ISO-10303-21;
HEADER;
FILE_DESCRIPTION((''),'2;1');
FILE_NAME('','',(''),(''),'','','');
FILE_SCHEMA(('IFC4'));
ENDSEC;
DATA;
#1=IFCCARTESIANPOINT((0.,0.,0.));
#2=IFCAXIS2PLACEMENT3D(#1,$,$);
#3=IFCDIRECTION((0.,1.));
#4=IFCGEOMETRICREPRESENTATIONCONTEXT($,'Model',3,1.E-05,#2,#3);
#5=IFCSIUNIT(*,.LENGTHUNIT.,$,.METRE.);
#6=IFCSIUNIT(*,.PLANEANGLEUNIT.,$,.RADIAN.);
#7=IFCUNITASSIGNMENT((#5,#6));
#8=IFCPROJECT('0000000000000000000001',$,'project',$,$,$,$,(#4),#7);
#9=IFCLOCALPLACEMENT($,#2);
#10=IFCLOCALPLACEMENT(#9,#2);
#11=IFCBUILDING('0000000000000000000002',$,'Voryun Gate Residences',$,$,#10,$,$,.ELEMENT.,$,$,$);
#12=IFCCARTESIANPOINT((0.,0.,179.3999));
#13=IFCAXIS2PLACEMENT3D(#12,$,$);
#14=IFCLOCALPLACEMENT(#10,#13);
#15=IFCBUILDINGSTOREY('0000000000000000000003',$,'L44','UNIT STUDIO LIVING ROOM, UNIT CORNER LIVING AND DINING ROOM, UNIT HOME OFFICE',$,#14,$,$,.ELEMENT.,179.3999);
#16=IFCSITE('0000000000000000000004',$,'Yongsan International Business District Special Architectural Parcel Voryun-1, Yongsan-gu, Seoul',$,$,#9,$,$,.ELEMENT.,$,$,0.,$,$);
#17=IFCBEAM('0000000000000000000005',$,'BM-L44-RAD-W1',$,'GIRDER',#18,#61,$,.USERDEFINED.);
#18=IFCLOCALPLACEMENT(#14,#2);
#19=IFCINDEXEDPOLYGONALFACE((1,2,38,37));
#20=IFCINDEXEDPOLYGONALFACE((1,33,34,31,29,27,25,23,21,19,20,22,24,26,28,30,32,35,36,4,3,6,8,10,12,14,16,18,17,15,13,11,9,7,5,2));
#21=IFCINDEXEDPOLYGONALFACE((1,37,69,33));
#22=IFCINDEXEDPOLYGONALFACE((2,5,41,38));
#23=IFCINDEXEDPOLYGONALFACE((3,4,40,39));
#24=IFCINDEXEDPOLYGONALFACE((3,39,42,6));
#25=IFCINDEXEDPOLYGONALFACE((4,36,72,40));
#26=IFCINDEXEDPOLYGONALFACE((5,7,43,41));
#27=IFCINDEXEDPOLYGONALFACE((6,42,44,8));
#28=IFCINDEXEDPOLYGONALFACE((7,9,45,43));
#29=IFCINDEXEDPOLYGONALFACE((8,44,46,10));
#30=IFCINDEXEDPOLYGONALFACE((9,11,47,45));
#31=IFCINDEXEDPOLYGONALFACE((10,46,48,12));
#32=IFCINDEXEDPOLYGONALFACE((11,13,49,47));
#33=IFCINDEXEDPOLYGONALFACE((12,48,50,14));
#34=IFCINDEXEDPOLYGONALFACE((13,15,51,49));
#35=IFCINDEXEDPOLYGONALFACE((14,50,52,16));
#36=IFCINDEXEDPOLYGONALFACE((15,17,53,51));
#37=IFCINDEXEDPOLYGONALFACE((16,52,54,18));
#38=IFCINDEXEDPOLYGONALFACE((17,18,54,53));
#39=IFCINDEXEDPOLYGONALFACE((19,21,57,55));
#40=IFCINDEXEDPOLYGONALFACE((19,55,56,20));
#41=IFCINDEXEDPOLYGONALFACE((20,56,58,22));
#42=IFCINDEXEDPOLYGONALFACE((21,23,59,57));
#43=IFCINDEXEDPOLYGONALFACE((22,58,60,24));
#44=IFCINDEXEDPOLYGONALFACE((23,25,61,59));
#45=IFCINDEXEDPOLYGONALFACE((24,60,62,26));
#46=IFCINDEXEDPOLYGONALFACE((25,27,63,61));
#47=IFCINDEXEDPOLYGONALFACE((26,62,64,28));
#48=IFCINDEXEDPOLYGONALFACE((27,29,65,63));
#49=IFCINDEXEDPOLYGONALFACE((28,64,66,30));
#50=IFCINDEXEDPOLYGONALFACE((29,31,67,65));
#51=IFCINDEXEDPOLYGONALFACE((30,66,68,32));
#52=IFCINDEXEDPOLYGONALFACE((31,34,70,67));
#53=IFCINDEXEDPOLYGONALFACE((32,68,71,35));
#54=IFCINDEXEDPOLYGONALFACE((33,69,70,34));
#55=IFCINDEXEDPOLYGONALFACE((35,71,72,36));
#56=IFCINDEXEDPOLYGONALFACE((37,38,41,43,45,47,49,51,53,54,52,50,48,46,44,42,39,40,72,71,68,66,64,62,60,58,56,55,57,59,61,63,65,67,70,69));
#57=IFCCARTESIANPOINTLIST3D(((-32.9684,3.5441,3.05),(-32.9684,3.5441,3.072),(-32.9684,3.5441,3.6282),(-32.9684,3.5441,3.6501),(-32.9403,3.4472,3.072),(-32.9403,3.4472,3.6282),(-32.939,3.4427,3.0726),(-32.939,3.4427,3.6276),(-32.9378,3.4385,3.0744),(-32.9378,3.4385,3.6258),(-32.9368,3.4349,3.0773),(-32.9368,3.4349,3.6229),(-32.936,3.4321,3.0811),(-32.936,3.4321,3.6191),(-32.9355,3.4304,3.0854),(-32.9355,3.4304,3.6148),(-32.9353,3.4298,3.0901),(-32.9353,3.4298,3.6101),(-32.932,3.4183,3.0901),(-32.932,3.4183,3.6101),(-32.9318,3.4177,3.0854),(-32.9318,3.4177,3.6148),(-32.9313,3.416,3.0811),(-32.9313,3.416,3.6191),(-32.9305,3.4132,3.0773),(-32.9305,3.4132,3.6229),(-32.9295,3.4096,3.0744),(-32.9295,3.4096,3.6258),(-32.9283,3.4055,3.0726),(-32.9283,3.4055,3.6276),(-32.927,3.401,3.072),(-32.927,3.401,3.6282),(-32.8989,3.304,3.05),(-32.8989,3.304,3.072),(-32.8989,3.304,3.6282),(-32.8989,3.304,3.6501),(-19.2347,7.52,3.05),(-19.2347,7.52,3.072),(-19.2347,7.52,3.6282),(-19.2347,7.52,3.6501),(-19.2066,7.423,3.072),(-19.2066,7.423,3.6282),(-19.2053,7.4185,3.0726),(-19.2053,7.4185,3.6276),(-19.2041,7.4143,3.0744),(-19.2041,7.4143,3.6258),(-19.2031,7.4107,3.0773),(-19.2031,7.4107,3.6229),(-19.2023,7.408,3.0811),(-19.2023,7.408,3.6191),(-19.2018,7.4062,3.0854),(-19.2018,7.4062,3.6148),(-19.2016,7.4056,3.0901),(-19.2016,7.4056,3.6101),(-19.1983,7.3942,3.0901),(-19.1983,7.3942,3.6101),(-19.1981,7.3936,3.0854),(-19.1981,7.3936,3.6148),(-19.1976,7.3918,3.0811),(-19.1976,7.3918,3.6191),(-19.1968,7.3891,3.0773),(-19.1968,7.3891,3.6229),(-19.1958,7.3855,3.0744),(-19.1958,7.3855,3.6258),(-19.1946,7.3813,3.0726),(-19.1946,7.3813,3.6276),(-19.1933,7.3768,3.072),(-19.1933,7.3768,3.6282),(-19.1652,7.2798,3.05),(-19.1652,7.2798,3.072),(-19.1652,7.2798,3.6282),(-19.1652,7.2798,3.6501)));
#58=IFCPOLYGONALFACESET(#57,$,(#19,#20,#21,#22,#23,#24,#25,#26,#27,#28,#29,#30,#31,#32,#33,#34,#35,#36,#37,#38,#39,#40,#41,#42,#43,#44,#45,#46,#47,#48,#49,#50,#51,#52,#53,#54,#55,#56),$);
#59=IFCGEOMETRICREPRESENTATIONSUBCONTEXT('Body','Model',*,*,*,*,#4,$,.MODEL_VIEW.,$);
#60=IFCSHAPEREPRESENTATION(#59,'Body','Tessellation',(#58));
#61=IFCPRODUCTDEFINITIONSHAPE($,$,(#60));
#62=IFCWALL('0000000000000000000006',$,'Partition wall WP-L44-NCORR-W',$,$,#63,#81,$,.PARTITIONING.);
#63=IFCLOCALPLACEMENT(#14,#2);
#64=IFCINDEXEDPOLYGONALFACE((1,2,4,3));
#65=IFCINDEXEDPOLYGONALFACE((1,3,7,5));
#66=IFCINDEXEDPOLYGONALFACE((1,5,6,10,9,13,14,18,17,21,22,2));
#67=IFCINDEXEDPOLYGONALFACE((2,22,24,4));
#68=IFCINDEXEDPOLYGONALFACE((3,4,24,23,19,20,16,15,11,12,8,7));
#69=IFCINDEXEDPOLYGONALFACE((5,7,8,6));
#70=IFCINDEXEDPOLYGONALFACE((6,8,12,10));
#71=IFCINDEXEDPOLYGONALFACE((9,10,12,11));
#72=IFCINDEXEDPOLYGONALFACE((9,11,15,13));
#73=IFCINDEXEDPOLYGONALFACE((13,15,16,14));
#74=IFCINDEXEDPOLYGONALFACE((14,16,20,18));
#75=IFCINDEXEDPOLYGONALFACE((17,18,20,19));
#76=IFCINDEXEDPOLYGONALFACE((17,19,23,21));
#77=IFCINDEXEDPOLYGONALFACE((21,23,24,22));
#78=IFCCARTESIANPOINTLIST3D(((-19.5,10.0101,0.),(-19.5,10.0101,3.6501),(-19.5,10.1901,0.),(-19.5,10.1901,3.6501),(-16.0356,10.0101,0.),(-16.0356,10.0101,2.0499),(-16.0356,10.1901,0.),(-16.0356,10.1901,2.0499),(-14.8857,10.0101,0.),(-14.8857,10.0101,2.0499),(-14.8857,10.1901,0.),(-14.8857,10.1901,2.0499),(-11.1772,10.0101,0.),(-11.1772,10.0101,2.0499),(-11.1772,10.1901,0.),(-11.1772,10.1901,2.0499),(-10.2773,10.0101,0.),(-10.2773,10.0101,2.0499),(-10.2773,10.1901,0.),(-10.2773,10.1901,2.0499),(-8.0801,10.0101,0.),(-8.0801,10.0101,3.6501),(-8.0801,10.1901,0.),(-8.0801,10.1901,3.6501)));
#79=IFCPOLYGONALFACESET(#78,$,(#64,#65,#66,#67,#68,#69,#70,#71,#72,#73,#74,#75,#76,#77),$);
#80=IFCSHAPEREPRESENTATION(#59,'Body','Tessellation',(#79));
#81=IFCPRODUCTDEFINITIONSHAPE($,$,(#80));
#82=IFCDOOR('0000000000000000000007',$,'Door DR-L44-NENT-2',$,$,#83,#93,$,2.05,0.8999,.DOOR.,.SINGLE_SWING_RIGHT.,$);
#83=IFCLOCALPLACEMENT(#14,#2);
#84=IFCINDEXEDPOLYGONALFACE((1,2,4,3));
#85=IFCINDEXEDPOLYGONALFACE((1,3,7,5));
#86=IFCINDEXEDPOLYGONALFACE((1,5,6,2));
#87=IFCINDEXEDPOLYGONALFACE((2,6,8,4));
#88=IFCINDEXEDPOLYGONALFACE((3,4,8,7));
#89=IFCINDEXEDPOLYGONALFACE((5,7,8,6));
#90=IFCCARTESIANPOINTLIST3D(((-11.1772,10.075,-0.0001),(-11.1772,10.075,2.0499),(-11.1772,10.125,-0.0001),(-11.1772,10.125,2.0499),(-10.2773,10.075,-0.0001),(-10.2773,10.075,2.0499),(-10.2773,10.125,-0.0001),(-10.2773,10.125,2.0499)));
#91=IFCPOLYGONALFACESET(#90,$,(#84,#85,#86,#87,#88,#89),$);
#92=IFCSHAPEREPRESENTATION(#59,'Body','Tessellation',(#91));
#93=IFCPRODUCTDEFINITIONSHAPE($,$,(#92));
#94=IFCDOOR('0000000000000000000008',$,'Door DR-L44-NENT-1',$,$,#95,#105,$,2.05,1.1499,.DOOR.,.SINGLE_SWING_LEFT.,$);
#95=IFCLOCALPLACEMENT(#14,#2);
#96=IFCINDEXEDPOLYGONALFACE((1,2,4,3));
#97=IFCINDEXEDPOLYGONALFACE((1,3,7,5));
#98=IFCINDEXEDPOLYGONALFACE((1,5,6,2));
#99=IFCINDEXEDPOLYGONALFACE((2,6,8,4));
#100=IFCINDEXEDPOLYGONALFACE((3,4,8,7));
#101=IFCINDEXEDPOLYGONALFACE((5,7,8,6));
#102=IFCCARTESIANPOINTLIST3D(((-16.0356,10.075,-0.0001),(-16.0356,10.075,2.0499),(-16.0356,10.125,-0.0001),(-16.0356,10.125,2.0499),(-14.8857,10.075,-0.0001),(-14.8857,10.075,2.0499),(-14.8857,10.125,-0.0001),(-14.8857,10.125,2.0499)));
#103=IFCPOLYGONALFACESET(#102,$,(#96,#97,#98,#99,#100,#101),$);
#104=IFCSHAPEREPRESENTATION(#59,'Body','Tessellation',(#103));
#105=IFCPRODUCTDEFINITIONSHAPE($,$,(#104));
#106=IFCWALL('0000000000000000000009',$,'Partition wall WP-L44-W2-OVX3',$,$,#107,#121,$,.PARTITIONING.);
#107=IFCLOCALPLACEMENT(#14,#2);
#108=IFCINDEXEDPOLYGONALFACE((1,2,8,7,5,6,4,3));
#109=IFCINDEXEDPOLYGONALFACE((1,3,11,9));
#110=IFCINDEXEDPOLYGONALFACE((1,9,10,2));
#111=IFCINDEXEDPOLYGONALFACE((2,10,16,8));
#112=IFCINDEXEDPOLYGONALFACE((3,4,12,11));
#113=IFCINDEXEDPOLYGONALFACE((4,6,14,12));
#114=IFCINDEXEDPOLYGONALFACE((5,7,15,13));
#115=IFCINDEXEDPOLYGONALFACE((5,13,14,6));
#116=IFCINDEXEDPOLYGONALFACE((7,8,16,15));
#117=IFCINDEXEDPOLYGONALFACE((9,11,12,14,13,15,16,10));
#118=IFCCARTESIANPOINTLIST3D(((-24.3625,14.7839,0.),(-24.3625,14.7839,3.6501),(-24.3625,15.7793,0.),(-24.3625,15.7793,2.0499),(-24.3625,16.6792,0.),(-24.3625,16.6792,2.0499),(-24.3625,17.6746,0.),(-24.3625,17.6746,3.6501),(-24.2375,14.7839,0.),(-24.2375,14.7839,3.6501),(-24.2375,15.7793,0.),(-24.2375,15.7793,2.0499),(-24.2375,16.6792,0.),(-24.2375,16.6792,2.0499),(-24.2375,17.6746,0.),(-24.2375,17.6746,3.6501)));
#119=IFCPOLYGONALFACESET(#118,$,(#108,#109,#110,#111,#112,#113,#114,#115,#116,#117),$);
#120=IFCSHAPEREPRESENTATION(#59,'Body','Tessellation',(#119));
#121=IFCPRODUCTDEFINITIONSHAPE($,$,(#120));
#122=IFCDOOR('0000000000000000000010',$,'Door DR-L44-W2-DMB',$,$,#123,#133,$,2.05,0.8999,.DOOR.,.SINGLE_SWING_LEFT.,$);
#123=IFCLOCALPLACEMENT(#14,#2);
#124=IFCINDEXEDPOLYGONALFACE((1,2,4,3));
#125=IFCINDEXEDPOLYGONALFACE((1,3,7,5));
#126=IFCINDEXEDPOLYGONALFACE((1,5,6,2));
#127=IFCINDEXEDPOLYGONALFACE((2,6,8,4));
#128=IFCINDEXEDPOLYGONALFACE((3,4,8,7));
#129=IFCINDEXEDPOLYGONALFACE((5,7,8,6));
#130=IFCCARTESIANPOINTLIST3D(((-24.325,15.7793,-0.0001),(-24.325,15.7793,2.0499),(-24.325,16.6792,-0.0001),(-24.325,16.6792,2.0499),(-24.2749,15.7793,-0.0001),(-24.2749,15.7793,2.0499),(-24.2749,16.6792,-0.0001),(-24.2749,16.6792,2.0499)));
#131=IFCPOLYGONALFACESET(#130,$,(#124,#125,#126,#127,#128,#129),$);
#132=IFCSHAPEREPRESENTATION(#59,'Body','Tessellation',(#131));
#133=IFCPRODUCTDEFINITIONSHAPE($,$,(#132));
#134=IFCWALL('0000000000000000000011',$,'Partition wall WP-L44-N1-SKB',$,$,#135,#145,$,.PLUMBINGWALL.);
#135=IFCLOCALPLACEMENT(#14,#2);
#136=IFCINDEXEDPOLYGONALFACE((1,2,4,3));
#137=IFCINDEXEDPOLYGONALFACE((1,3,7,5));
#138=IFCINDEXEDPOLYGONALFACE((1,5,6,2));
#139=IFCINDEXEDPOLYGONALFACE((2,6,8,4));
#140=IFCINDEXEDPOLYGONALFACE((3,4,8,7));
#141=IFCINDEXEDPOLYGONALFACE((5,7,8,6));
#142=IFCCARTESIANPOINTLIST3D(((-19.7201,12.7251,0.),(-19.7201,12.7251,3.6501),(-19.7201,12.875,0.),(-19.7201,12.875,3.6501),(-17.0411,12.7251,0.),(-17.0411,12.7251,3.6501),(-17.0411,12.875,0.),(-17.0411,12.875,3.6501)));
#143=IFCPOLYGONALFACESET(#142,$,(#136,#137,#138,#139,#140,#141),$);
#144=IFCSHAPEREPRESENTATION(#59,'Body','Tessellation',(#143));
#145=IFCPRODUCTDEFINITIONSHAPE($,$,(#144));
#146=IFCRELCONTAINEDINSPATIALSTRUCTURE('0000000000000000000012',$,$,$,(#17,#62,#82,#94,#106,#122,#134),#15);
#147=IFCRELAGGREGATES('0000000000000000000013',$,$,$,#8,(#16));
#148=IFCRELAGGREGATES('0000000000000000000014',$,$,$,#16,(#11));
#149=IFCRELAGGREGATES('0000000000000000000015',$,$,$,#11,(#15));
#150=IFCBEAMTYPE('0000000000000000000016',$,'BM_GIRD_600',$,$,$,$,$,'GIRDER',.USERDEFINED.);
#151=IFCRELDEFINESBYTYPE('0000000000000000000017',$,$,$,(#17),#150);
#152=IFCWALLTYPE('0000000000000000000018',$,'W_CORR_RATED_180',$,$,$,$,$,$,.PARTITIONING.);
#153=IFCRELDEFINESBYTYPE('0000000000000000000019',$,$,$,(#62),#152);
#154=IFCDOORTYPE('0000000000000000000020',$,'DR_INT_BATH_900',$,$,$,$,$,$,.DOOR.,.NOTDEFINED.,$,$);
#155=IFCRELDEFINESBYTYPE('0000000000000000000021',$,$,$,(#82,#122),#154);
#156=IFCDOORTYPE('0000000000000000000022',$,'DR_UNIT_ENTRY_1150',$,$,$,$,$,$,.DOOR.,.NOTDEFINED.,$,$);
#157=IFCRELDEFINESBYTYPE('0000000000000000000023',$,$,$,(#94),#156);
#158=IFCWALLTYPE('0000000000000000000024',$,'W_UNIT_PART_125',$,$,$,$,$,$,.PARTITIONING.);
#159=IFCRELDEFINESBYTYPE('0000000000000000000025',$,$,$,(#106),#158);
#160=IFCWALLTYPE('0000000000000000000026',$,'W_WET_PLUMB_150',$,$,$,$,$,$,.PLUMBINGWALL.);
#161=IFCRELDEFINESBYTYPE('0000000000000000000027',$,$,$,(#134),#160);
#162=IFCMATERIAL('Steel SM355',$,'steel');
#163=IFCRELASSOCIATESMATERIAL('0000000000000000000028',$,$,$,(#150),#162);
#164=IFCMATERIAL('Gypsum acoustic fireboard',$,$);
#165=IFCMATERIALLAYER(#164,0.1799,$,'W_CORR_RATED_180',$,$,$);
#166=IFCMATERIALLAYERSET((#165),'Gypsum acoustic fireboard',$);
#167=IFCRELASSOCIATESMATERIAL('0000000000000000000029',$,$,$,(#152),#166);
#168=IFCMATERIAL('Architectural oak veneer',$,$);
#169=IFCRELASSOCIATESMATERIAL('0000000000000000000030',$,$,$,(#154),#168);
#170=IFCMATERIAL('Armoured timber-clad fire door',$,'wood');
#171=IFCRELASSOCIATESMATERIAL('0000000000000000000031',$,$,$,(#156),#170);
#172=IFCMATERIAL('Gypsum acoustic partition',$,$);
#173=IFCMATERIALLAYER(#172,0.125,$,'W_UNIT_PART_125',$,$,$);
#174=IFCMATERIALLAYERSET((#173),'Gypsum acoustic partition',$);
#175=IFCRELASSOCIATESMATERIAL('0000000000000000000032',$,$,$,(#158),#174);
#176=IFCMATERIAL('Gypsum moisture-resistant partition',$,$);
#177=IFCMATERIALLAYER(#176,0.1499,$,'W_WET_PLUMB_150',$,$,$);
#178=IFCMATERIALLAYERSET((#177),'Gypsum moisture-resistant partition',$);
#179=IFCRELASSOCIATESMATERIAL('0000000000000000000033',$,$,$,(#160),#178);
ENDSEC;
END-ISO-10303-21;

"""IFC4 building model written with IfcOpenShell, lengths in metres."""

from ifc_helpers import new_model, si_unit, direction, frame, frame_2d, origin, origin_2d, place, context, subcontext, project, spatial, rectangle, i_section, extrude, material, layer, layer_set, material_profile, profile_set, type_object, element, fill, save


model = new_model("IFC4")

# Units and contexts
model_context = context("Model", 3, precision=1e-05, world=origin(), true_north=direction((0.0, 1.0)))
body_context = subcontext(model_context, "Body", "Model", "MODEL_VIEW")
ifc_project = project(units=[si_unit("LENGTHUNIT", "METRE"), si_unit("PLANEANGLEUNIT", "RADIAN")], contexts=[model_context])

# Site, building, storey
site_placement = place(None, origin())
site = spatial("IfcSite", under=ifc_project, at=site_placement, Name="Yongsan International Business District Special Architectural Parcel Voryun-1, Yongsan-gu, Seoul", CompositionType="ELEMENT", RefElevation=0.0)
building_placement = place(site_placement, origin())
building = spatial("IfcBuilding", under=site, at=building_placement, Name="Voryun Gate Residences", CompositionType="ELEMENT")
storey_placement = place(building_placement, frame((0.0, 0.0, 179.3999)))
storey = spatial("IfcBuildingStorey", under=building, at=storey_placement, Name="L44", Description="UNIT STUDIO LIVING ROOM, UNIT CORNER LIVING AND DINING ROOM, UNIT HOME OFFICE", CompositionType="ELEMENT", Elevation=179.3999)

# Beam
ifc_material_1 = material(Name="Steel SM355", Category="steel")
ifc_material_profile_1 = material_profile(ifc_material_1, i_section(OverallWidth=0.25, OverallDepth=0.6001, WebThickness=0.012, FlangeThickness=0.022, FilletRadius=0.0181, at=origin_2d()), Name="H-600x250x12x22")
ifc_profile_set_1 = profile_set([ifc_material_profile_1], Name="Steel SM355")
beam_type_1 = type_object("IfcBeamType", Name="BM_GIRD_600", ElementType="GIRDER", PredefinedType="USERDEFINED", material=ifc_profile_set_1)
beam_1_placement = place(storey_placement, frame((-19.2, 7.3999, 3.3501), z_axis=(-0.960559, -0.278078, 0.0), x_axis=(0.278078, -0.960559, 0.0)))
element("IfcBeam", 1, at=beam_1_placement, inside=storey, type_object=beam_type_1, Name="BM-L44-RAD-W1", ObjectType="GIRDER", PredefinedType="USERDEFINED", context=body_context, shape_type="SweptSolid", body=[
    extrude(i_section(OverallWidth=0.25, OverallDepth=0.6001, WebThickness=0.012, FlangeThickness=0.022, FilletRadius=0.0181, at=origin_2d()), origin(), (0.0, 0.0, 1.0), 14.2976),
])

# Wall, openings, doors
ifc_material_2 = material(Name="Gypsum acoustic fireboard")
ifc_layer_1 = layer(ifc_material_2, 0.1799, Name="W_CORR_RATED_180")
ifc_layer_set_1 = layer_set([ifc_layer_1], Name="Gypsum acoustic fireboard")
wall_type_1 = type_object("IfcWallType", Name="W_CORR_RATED_180", PredefinedType="PARTITIONING", material=ifc_layer_set_1)
wall_1_placement = place(storey_placement, frame((-19.5, 10.1001, 0.0), z_axis=(0.0, 0.0, 1.0), x_axis=(1.0, 0.0, 0.0)))
wall_1 = element("IfcWall", 2, at=wall_1_placement, inside=storey, type_object=wall_type_1, Name="Partition wall WP-L44-NCORR-W", PredefinedType="PARTITIONING", context=body_context, shape_type="SweptSolid", body=[
    extrude(rectangle(XDim=11.4199, YDim=0.1799, at=frame_2d((5.71, 0.0))), origin(), (0.0, 0.0, 1.0), 3.6501),
])
opening_1_placement = place(wall_1_placement, frame((3.4644, 0.0, 0.0)))
opening_1 = element("IfcOpeningElement", 3, at=opening_1_placement, cuts=wall_1, PredefinedType="OPENING", context=body_context, shape_type="SweptSolid", body=[
    extrude(rectangle(XDim=1.1499, YDim=2.05, at=frame_2d((0.575, 1.0249))), frame((0.0, 0.0999, 0.0), z_axis=(0.0, -1.0, 0.0), x_axis=(1.0, 0.0, 0.0)), (0.0, 0.0, 1.0), 0.2),
])
opening_2_placement = place(wall_1_placement, frame((8.3228, 0.0, 0.0)))
opening_2 = element("IfcOpeningElement", 4, at=opening_2_placement, cuts=wall_1, PredefinedType="OPENING", context=body_context, shape_type="SweptSolid", body=[
    extrude(rectangle(XDim=0.8999, YDim=2.05, at=frame_2d((0.45, 1.0249))), frame((0.0, 0.0999, 0.0), z_axis=(0.0, -1.0, 0.0), x_axis=(1.0, 0.0, 0.0)), (0.0, 0.0, 1.0), 0.2),
])
ifc_material_3 = material(Name="Architectural oak veneer")
door_type_1 = type_object("IfcDoorType", Name="DR_INT_BATH_900", OperationType="NOTDEFINED", PredefinedType="DOOR", material=ifc_material_3)
door_1_placement = place(opening_2_placement, origin())
door_1 = element("IfcDoor", 5, at=door_1_placement, inside=storey, type_object=door_type_1, Name="Door DR-L44-NENT-2", OperationType="SINGLE_SWING_RIGHT", OverallHeight=2.05, OverallWidth=0.8999, PredefinedType="DOOR", context=body_context, shape_type="SweptSolid", body=[
    extrude(rectangle(XDim=0.8999, YDim=2.05, at=frame_2d((0.45, 1.0249))), frame((0.0, 0.0249, 0.0), z_axis=(0.0, -1.0, 0.0), x_axis=(1.0, 0.0, 0.0)), (0.0, 0.0, 1.0), 0.05),
])
fill(opening_2, door_1)
ifc_material_4 = material(Name="Armoured timber-clad fire door", Category="wood")
door_type_2 = type_object("IfcDoorType", Name="DR_UNIT_ENTRY_1150", OperationType="NOTDEFINED", PredefinedType="DOOR", material=ifc_material_4)
door_2_placement = place(opening_1_placement, origin())
door_2 = element("IfcDoor", 6, at=door_2_placement, inside=storey, type_object=door_type_2, Name="Door DR-L44-NENT-1", OperationType="SINGLE_SWING_LEFT", OverallHeight=2.05, OverallWidth=1.1499, PredefinedType="DOOR", context=body_context, shape_type="SweptSolid", body=[
    extrude(rectangle(XDim=1.1499, YDim=2.05, at=frame_2d((0.575, 1.0249))), frame((0.0, 0.0249, 0.0), z_axis=(0.0, -1.0, 0.0), x_axis=(1.0, 0.0, 0.0)), (0.0, 0.0, 1.0), 0.05),
])
fill(opening_1, door_2)

# Wall, opening, door
ifc_material_5 = material(Name="Gypsum acoustic partition")
ifc_layer_2 = layer(ifc_material_5, 0.125, Name="W_UNIT_PART_125")
ifc_layer_set_2 = layer_set([ifc_layer_2], Name="Gypsum acoustic partition")
wall_type_2 = type_object("IfcWallType", Name="W_UNIT_PART_125", PredefinedType="PARTITIONING", material=ifc_layer_set_2)
wall_2_placement = place(storey_placement, frame((-24.3, 14.7839, 0.0), z_axis=(0.0, 0.0, 1.0), x_axis=(0.0, 1.0, 0.0)))
wall_2 = element("IfcWall", 7, at=wall_2_placement, inside=storey, type_object=wall_type_2, Name="Partition wall WP-L44-W2-OVX3", PredefinedType="PARTITIONING", context=body_context, shape_type="SweptSolid", body=[
    extrude(rectangle(XDim=2.8906, YDim=0.125, at=frame_2d((1.4453, 0.0))), origin(), (0.0, 0.0, 1.0), 3.6501),
])
opening_3_placement = place(wall_2_placement, frame((0.9954, 0.0, 0.0)))
opening_3 = element("IfcOpeningElement", 8, at=opening_3_placement, cuts=wall_2, PredefinedType="OPENING", context=body_context, shape_type="SweptSolid", body=[
    extrude(rectangle(XDim=0.8999, YDim=2.05, at=frame_2d((0.45, 1.0249))), frame((0.0, 0.0725, 0.0), z_axis=(0.0, -1.0, 0.0), x_axis=(1.0, 0.0, 0.0)), (0.0, 0.0, 1.0), 0.145),
])
door_3_placement = place(opening_3_placement, origin())
door_3 = element("IfcDoor", 9, at=door_3_placement, inside=storey, type_object=door_type_1, Name="Door DR-L44-W2-DMB", OperationType="SINGLE_SWING_LEFT", OverallHeight=2.05, OverallWidth=0.8999, PredefinedType="DOOR", context=body_context, shape_type="SweptSolid", body=[
    extrude(rectangle(XDim=0.8999, YDim=2.05, at=frame_2d((0.45, 1.0249))), frame((0.0, 0.0249, 0.0), z_axis=(0.0, -1.0, 0.0), x_axis=(1.0, 0.0, 0.0)), (0.0, 0.0, 1.0), 0.05),
])
fill(opening_3, door_3)

# Wall
ifc_material_6 = material(Name="Gypsum moisture-resistant partition")
ifc_layer_3 = layer(ifc_material_6, 0.1499, Name="W_WET_PLUMB_150")
ifc_layer_set_3 = layer_set([ifc_layer_3], Name="Gypsum moisture-resistant partition")
wall_type_3 = type_object("IfcWallType", Name="W_WET_PLUMB_150", PredefinedType="PLUMBINGWALL", material=ifc_layer_set_3)
wall_3_placement = place(storey_placement, frame((-19.72, 12.8, 0.0), z_axis=(0.0, 0.0, 1.0), x_axis=(1.0, 0.0, 0.0)))
element("IfcWall", 10, at=wall_3_placement, inside=storey, type_object=wall_type_3, Name="Partition wall WP-L44-N1-SKB", PredefinedType="PLUMBINGWALL", context=body_context, shape_type="SweptSolid", body=[
    extrude(rectangle(XDim=2.679, YDim=0.1499, at=frame_2d((1.3394, 0.0))), origin(), (0.0, 0.0, 1.0), 3.6501),
])

save(model, "model.ifc")
